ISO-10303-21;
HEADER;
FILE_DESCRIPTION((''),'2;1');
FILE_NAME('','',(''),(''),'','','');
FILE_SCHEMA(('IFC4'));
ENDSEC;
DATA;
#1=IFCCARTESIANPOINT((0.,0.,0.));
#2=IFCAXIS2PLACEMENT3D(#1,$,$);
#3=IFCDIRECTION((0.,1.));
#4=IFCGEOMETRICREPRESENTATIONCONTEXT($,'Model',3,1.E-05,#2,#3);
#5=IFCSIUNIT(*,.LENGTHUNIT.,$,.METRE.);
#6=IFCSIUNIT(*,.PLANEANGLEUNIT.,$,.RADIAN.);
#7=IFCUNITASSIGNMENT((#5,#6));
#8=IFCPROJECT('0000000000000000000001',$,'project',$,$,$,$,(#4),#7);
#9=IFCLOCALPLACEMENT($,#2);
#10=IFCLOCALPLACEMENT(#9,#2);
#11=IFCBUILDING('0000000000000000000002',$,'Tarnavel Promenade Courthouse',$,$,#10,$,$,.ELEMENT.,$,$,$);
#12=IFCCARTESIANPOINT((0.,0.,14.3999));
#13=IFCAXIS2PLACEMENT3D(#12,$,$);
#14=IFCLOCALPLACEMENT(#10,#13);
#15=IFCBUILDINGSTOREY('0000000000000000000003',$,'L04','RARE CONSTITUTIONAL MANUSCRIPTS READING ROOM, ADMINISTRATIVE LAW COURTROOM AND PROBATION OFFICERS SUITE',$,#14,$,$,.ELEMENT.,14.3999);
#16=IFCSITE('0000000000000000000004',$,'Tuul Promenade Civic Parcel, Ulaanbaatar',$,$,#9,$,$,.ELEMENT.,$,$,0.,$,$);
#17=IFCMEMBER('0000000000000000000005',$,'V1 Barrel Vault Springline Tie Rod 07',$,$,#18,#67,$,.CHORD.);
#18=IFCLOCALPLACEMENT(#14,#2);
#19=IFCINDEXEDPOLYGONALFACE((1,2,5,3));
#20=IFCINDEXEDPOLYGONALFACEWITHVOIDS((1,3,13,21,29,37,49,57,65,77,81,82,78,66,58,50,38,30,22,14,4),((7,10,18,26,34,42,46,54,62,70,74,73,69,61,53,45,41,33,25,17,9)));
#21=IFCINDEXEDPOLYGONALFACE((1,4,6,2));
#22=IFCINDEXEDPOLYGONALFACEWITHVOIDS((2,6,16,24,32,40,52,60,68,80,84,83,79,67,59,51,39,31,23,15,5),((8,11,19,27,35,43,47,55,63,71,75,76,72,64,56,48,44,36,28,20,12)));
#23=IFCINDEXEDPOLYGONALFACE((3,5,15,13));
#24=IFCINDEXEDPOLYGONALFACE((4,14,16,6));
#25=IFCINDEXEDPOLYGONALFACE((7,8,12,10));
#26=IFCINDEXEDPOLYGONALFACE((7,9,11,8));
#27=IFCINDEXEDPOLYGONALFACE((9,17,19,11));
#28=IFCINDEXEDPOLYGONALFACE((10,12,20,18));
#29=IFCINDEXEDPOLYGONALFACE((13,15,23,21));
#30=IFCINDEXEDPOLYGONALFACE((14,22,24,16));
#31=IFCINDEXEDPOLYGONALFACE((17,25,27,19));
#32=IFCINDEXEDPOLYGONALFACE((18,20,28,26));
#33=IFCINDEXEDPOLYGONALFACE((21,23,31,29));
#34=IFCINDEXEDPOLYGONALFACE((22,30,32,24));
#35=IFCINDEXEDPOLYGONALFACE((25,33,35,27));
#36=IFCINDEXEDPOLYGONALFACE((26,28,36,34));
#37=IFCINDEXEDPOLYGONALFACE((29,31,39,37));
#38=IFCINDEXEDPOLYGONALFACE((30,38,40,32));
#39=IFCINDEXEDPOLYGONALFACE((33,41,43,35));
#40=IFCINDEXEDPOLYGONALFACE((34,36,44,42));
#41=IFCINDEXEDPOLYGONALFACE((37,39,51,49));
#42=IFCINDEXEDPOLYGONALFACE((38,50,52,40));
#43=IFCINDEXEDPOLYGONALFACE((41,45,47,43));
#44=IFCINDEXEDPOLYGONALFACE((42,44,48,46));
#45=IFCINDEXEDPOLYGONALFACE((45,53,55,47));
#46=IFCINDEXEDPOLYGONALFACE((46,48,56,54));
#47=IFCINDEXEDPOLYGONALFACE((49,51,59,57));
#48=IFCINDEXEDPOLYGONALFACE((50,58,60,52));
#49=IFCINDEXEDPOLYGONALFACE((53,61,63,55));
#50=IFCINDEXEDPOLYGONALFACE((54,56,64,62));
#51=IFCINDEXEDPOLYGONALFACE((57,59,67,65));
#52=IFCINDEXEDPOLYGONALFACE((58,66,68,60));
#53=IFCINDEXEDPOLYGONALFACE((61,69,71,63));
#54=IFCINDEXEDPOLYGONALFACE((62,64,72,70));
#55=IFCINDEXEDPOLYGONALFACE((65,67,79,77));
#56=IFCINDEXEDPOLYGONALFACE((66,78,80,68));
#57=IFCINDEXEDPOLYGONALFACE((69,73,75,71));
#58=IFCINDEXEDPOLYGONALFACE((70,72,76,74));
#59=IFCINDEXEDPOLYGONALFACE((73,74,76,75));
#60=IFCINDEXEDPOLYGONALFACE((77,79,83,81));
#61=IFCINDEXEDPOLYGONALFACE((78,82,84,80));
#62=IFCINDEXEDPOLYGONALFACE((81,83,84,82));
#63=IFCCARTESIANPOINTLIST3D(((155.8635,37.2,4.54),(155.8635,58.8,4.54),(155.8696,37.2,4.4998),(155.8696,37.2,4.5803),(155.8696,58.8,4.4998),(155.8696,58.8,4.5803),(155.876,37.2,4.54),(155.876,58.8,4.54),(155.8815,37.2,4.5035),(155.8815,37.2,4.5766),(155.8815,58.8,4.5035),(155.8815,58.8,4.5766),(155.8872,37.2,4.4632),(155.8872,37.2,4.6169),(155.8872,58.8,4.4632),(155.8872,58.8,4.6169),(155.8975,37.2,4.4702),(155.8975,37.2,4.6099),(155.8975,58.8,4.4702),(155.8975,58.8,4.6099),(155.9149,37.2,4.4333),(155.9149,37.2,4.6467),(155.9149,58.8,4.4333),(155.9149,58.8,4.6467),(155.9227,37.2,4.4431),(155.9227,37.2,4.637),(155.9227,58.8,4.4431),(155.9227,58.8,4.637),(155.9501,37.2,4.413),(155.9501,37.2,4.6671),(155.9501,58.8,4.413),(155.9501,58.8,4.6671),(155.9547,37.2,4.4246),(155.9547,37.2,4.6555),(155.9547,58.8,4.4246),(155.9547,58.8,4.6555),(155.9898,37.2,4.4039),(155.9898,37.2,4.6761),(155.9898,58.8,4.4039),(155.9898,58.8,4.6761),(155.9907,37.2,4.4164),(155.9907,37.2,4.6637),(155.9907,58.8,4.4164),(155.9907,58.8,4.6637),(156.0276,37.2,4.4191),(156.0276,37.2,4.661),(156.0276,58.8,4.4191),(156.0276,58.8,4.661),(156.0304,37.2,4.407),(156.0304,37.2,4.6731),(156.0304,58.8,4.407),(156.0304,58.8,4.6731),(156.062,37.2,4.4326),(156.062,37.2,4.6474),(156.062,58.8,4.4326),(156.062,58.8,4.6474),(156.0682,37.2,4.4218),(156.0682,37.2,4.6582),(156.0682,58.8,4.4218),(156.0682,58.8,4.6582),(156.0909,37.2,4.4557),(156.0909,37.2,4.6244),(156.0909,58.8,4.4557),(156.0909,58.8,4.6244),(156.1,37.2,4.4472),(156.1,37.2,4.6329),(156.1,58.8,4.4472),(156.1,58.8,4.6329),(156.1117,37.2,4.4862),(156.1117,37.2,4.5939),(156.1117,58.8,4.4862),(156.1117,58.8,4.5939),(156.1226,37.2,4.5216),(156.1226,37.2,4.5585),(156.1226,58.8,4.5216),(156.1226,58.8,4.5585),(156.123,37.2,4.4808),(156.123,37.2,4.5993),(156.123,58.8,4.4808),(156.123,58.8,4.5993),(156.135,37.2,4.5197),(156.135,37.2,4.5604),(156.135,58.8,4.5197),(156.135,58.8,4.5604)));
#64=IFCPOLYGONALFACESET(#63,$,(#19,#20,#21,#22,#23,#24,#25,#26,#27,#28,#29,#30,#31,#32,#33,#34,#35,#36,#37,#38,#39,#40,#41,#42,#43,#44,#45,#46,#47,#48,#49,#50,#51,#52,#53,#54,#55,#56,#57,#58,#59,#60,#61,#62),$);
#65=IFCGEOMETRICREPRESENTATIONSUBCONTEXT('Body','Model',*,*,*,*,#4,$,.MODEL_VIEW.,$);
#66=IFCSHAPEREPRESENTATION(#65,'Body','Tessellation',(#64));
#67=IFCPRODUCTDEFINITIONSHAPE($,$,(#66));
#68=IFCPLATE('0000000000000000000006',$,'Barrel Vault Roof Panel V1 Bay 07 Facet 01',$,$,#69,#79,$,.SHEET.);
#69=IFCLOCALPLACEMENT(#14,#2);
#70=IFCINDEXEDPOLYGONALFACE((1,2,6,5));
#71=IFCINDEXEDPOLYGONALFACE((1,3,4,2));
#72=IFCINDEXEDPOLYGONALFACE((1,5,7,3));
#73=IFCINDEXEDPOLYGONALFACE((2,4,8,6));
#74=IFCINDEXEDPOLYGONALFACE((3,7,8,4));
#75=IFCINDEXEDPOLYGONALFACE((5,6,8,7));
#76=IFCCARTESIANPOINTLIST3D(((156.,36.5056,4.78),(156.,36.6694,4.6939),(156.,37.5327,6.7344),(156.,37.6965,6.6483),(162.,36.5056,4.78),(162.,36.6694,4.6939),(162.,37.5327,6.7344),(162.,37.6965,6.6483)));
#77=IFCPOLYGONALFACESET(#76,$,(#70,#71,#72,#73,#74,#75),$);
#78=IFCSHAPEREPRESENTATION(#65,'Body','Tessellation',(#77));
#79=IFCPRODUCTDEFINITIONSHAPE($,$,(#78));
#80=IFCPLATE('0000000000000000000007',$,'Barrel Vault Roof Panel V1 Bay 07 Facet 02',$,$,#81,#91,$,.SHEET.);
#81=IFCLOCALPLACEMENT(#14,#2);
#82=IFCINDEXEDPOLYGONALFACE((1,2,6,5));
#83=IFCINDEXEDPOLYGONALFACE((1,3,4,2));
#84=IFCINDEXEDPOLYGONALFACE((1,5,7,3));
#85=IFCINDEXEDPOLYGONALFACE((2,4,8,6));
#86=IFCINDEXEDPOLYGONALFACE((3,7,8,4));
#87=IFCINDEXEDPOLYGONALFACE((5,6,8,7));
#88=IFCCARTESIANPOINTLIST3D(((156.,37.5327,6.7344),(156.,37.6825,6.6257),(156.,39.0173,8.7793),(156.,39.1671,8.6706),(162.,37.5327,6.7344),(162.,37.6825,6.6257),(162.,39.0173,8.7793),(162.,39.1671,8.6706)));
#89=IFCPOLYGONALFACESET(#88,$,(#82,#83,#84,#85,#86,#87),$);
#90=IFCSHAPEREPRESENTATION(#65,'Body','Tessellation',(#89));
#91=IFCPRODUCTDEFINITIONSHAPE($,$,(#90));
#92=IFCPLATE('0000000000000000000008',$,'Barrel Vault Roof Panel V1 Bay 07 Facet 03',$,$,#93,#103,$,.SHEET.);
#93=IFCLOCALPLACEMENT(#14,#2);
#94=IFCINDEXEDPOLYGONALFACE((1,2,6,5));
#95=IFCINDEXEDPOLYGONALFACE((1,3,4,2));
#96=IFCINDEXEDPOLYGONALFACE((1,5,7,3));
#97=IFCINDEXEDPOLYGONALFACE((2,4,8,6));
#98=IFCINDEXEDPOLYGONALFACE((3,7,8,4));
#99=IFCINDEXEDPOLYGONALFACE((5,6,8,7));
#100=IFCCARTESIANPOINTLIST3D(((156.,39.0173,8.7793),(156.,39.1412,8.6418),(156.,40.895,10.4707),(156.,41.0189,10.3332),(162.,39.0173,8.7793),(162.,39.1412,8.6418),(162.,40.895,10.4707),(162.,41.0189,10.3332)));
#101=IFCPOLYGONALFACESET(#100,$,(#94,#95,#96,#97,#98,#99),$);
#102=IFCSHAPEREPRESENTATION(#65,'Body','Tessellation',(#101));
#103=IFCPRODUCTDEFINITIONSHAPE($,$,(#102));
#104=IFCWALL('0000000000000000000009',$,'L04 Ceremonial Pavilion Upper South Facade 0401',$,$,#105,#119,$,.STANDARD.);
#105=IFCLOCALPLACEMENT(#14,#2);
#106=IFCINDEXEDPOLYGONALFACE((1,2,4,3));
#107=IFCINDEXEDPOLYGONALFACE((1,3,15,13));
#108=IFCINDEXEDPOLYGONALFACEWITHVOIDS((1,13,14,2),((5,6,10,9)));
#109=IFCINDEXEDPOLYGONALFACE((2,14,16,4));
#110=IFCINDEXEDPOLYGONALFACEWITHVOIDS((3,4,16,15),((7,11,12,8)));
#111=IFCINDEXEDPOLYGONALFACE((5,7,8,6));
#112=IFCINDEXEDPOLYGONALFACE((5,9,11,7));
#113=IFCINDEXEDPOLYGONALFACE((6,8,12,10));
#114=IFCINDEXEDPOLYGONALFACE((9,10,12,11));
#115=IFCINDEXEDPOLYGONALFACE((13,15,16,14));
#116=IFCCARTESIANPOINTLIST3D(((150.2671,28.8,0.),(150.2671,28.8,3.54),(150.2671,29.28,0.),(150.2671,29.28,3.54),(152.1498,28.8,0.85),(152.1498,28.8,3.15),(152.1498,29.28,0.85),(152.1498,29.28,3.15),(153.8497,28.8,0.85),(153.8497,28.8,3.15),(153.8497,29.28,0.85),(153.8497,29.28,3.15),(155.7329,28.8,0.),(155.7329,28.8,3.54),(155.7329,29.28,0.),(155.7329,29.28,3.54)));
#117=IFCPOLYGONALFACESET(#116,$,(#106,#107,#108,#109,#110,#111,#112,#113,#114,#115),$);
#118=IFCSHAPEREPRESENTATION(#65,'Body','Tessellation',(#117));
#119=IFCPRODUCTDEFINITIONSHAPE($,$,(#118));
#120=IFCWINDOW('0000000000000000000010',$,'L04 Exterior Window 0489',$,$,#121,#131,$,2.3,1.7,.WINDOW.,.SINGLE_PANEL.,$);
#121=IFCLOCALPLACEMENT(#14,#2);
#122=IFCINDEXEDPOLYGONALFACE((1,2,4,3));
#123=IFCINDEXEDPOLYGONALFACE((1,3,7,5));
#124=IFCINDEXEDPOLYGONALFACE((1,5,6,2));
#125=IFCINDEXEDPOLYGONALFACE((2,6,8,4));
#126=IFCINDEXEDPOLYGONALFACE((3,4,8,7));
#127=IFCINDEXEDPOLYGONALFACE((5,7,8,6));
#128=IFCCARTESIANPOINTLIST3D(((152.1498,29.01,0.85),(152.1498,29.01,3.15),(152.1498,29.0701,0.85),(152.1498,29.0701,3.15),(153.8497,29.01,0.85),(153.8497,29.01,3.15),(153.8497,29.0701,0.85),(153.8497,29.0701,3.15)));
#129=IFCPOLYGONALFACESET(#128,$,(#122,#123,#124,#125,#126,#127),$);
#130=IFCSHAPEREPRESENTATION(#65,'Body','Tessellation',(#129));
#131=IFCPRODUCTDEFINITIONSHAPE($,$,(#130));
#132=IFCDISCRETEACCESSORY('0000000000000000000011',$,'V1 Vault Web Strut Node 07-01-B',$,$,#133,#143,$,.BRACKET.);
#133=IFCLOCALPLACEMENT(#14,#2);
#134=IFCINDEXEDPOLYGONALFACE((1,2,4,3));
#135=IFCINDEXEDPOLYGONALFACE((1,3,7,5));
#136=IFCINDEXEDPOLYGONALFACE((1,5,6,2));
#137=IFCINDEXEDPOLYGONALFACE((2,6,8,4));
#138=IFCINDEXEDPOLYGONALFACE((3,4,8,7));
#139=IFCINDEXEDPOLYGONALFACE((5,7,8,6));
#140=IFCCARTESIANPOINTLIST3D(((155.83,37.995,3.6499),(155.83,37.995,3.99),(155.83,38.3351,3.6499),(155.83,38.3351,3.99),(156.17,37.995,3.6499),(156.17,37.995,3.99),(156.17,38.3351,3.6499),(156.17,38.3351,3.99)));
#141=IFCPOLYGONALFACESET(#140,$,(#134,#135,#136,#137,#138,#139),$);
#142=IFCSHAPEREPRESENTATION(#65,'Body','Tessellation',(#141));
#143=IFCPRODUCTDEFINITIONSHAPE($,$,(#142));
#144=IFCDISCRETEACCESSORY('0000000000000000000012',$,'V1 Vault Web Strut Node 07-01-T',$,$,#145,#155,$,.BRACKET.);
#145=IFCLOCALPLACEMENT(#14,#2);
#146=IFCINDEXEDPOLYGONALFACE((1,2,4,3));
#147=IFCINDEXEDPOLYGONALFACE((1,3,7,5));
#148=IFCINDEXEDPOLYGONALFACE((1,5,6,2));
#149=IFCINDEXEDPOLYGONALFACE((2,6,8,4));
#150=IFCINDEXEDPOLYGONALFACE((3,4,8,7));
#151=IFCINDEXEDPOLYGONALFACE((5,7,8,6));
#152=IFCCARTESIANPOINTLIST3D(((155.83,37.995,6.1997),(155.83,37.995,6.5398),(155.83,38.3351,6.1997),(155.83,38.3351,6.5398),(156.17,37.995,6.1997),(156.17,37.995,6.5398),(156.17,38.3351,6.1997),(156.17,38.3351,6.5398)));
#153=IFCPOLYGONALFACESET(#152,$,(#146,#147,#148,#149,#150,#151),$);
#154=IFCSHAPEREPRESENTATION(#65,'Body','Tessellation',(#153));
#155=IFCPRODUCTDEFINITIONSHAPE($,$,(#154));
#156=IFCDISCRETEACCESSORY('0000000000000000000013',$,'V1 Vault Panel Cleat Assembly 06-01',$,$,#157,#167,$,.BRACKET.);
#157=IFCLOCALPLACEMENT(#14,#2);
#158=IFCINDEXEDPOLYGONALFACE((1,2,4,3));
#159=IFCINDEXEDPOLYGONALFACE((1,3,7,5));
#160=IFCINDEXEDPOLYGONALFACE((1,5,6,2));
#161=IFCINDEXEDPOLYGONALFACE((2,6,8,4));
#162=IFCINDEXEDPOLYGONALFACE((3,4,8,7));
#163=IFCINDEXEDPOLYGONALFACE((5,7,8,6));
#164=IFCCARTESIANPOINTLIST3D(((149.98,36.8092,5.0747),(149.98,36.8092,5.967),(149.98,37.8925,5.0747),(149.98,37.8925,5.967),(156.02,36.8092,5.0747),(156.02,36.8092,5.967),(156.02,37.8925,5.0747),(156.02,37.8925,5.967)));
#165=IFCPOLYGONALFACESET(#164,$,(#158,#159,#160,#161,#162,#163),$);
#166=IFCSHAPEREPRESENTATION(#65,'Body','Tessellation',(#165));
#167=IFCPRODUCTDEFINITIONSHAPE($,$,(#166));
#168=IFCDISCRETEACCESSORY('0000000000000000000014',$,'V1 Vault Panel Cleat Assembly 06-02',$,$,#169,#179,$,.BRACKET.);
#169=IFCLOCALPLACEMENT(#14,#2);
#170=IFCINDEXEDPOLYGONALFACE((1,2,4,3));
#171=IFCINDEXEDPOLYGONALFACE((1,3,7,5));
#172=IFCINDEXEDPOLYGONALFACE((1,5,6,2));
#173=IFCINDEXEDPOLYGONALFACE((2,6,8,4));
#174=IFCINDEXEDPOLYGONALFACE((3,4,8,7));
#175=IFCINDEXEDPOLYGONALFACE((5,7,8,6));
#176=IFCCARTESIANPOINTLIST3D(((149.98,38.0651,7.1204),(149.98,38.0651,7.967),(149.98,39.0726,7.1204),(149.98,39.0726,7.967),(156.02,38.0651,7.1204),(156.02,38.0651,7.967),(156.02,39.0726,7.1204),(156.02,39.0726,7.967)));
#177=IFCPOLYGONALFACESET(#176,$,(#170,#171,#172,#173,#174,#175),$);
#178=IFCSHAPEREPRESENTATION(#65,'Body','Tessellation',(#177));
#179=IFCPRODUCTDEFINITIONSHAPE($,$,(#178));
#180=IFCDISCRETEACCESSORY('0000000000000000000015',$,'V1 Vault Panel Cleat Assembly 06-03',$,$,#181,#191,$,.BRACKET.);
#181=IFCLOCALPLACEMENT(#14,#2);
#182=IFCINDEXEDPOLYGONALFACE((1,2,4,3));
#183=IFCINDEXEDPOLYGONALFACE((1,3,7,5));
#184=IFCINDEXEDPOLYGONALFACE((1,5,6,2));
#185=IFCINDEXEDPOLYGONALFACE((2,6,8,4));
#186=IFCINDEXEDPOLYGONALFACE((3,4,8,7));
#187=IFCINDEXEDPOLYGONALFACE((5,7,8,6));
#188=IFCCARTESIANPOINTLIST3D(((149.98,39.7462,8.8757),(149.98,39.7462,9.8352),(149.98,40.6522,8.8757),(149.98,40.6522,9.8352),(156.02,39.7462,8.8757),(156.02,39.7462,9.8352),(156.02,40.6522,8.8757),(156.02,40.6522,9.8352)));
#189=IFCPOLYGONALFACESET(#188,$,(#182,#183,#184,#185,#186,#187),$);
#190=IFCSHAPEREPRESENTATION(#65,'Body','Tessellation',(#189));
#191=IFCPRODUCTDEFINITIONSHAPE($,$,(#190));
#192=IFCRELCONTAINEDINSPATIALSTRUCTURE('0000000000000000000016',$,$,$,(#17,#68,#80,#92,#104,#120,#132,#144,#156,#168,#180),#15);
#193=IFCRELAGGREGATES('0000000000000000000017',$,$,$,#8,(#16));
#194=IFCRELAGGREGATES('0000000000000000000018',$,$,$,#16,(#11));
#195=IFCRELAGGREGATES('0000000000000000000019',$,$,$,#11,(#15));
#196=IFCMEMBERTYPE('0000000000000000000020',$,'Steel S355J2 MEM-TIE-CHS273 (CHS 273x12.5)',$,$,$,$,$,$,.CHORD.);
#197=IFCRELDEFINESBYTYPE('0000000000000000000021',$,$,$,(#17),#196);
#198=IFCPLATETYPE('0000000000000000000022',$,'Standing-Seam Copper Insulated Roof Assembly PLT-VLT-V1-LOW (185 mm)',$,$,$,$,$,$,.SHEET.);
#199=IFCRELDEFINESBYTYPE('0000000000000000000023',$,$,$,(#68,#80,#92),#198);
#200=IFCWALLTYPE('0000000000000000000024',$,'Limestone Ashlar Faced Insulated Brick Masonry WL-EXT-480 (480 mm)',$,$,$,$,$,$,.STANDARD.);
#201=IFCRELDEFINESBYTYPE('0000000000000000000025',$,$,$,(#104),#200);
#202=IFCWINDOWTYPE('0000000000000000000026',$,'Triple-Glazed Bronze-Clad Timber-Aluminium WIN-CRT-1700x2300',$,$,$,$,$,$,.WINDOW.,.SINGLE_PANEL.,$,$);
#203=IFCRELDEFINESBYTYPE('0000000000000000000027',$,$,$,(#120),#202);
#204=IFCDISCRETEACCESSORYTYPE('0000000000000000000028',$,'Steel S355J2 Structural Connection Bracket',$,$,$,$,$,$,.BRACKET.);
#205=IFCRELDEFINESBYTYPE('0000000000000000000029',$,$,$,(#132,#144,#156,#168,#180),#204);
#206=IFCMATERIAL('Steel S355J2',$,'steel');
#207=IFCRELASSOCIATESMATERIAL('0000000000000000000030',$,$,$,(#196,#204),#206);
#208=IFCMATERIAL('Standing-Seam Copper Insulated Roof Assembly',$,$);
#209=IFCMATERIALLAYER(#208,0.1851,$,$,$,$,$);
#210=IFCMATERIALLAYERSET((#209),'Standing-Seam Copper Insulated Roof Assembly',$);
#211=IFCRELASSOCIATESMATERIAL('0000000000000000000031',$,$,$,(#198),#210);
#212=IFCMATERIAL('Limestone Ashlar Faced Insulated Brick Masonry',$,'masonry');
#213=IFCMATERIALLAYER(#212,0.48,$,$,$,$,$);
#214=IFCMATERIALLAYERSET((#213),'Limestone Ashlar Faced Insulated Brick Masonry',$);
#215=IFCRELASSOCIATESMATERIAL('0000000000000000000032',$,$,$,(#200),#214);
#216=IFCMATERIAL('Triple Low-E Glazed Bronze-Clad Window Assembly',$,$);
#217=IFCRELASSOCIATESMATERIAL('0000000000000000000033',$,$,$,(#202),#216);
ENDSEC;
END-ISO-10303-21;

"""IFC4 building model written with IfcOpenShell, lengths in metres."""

from ifc_helpers import new_model, si_unit, direction, frame, frame_2d, origin, origin_2d, place, context, subcontext, project, spatial, polyline, rectangle, hollow_circle, outline, extrude, material, layer, layer_set, material_profile, profile_set, type_object, element, fill, save


model = new_model("IFC4")

# Units and contexts
model_context = context("Model", 3, precision=1e-05, world=origin(), true_north=direction((0.0, 1.0)))
body_context = subcontext(model_context, "Body", "Model", "MODEL_VIEW")
ifc_project = project(units=[si_unit("LENGTHUNIT", "METRE"), si_unit("PLANEANGLEUNIT", "RADIAN")], contexts=[model_context])

# Site, building, storey
site_placement = place(None, origin())
site = spatial("IfcSite", under=ifc_project, at=site_placement, Name="Tuul Promenade Civic Parcel, Ulaanbaatar", CompositionType="ELEMENT", RefElevation=0.0)
building_placement = place(site_placement, origin())
building = spatial("IfcBuilding", under=site, at=building_placement, Name="Tarnavel Promenade Courthouse", CompositionType="ELEMENT")
storey_placement = place(building_placement, frame((0.0, 0.0, 14.3999)))
storey = spatial("IfcBuildingStorey", under=building, at=storey_placement, Name="L04", Description="RARE CONSTITUTIONAL MANUSCRIPTS READING ROOM, ADMINISTRATIVE LAW COURTROOM AND PROBATION OFFICERS SUITE", CompositionType="ELEMENT", Elevation=14.3999)

# Shared definitions
ifc_material_1 = material(Name="Steel S355J2", Category="steel")

# Member
ifc_material_profile_1 = material_profile(ifc_material_1, hollow_circle(Radius=0.1365, WallThickness=0.0125, at=origin_2d()), Name="CHS 273x12.5")
ifc_profile_set_1 = profile_set([ifc_material_profile_1], Name="Steel S355J2")
member_type_1 = type_object("IfcMemberType", Name="Steel S355J2 MEM-TIE-CHS273 (CHS 273x12.5)", PredefinedType="CHORD", material=ifc_profile_set_1)
member_1_placement = place(storey_placement, frame((156.0, 37.2, 4.54), z_axis=(0.0, 1.0, 0.0), x_axis=(-1.0, 0.0, 0.0)))
element("IfcMember", 1, at=member_1_placement, inside=storey, type_object=member_type_1, Name="V1 Barrel Vault Springline Tie Rod 07", PredefinedType="CHORD", context=body_context, shape_type="SweptSolid", body=[
    extrude(hollow_circle(Radius=0.1365, WallThickness=0.0125, at=origin_2d()), origin(), (0.0, 0.0, 1.0), 21.6001),
])

# Plates
ifc_material_2 = material(Name="Standing-Seam Copper Insulated Roof Assembly")
ifc_layer_1 = layer(ifc_material_2, 0.1851)
ifc_layer_set_1 = layer_set([ifc_layer_1], Name="Standing-Seam Copper Insulated Roof Assembly")
plate_type = type_object("IfcPlateType", Name="Standing-Seam Copper Insulated Roof Assembly PLT-VLT-V1-LOW (185 mm)", PredefinedType="SHEET", material=ifc_layer_set_1)
plate_1_placement = place(storey_placement, frame((156.0, 36.5056, 4.78), z_axis=(0.0, -0.885199, 0.465213), x_axis=(1.0, 0.0, 0.0)))
element("IfcPlate", 2, at=plate_1_placement, inside=storey, type_object=plate_type, Name="Barrel Vault Roof Panel V1 Bay 07 Facet 01", PredefinedType="SHEET", context=body_context, shape_type="SweptSolid", body=[
    extrude(outline(polyline([(0.0, 0.0), (6.0, 0.0), (6.0, 2.2078), (0.0, 2.2078), (0.0, 0.0)])), origin(), (0.0, 0.0, -1.0), 0.1851),
])
plate_2_placement = place(storey_placement, frame((156.0, 37.5327, 6.7344), z_axis=(0.0, -0.809225, 0.587499), x_axis=(1.0, 0.0, 0.0)))
element("IfcPlate", 3, at=plate_2_placement, inside=storey, type_object=plate_type, Name="Barrel Vault Roof Panel V1 Bay 07 Facet 02", PredefinedType="SHEET", context=body_context, shape_type="SweptSolid", body=[
    extrude(outline(polyline([(0.0, 0.0), (6.0, 0.0), (6.0, 2.527), (0.0, 2.527), (0.0, 0.0)])), origin(), (0.0, 0.0, -1.0), 0.1851),
])
plate_3_placement = place(storey_placement, frame((156.0, 39.0173, 8.7793), z_axis=(0.0, -0.66929, 0.743001), x_axis=(1.0, 0.0, 0.0)))
element("IfcPlate", 4, at=plate_3_placement, inside=storey, type_object=plate_type, Name="Barrel Vault Roof Panel V1 Bay 07 Facet 03", PredefinedType="SHEET", context=body_context, shape_type="SweptSolid", body=[
    extrude(outline(polyline([(0.0, 0.0), (6.0, 0.0), (6.0, 2.5272), (0.0, 2.5272), (0.0, 0.0)])), origin(), (0.0, 0.0, -1.0), 0.1851),
])

# Wall, opening, window
ifc_material_3 = material(Name="Limestone Ashlar Faced Insulated Brick Masonry", Category="masonry")
ifc_layer_2 = layer(ifc_material_3, 0.48)
ifc_layer_set_2 = layer_set([ifc_layer_2], Name="Limestone Ashlar Faced Insulated Brick Masonry")
wall_type = type_object("IfcWallType", Name="Limestone Ashlar Faced Insulated Brick Masonry WL-EXT-480 (480 mm)", PredefinedType="STANDARD", material=ifc_layer_set_2)
wall_placement = place(storey_placement, frame((155.7329, 29.04, 0.0), z_axis=(0.0, 0.0, 1.0), x_axis=(-1.0, 0.0, 0.0)))
wall = element("IfcWall", 5, at=wall_placement, inside=storey, type_object=wall_type, Name="L04 Ceremonial Pavilion Upper South Facade 0401", PredefinedType="STANDARD", context=body_context, shape_type="SweptSolid", body=[
    extrude(rectangle(XDim=5.4658, YDim=0.48, at=frame_2d((2.7329, 0.0))), origin(), (0.0, 0.0, 1.0), 3.54),
])
opening_placement = place(wall_placement, frame((1.8831, 0.0, 0.8501)))
opening = element("IfcOpeningElement", 6, at=opening_placement, cuts=wall, PredefinedType="OPENING", context=body_context, shape_type="SweptSolid", body=[
    extrude(rectangle(XDim=1.7, YDim=2.3, at=frame_2d((0.8501, 1.1499))), frame((0.0, 0.25, 0.0), z_axis=(0.0, -1.0, 0.0), x_axis=(1.0, 0.0, 0.0)), (0.0, 0.0, 1.0), 0.5),
])
ifc_material_4 = material(Name="Triple Low-E Glazed Bronze-Clad Window Assembly")
window_type = type_object("IfcWindowType", Name="Triple-Glazed Bronze-Clad Timber-Aluminium WIN-CRT-1700x2300", PartitioningType="SINGLE_PANEL", PredefinedType="WINDOW", material=ifc_material_4)
window_placement = place(opening_placement, origin())
window = element("IfcWindow", 7, at=window_placement, inside=storey, type_object=window_type, Name="L04 Exterior Window 0489", OverallHeight=2.3, OverallWidth=1.7, PartitioningType="SINGLE_PANEL", PredefinedType="WINDOW", context=body_context, shape_type="SweptSolid", body=[
    extrude(rectangle(XDim=1.7, YDim=2.3, at=frame_2d((0.8501, 1.1499))), frame((0.0, 0.03, 0.0), z_axis=(0.0, -1.0, 0.0), x_axis=(1.0, 0.0, 0.0)), (0.0, 0.0, 1.0), 0.0601),
])
fill(opening, window)

# Discrete accessories
discrete_accessory_type = type_object("IfcDiscreteAccessoryType", Name="Steel S355J2 Structural Connection Bracket", PredefinedType="BRACKET", material=ifc_material_1)
for number, where, z_axis, x_axis, name in (
    (8, (156.0, 38.165, 3.6499), (0.0, 0.0, 1.0), (1.0, 0.0, 0.0), "V1 Vault Web Strut Node 07-01-B"),
    (9, (156.0, 38.165, 6.1997), (0.0, 0.0, 1.0), (1.0, 0.0, 0.0), "V1 Vault Web Strut Node 07-01-T"),
):
    element("IfcDiscreteAccessory", number, at=place(storey_placement, frame(where, z_axis=z_axis, x_axis=x_axis)), inside=storey, type_object=discrete_accessory_type, Name=name, PredefinedType="BRACKET", context=body_context, shape_type="SweptSolid", body=[
        extrude(rectangle(XDim=0.3401, YDim=0.3401, at=origin_2d()), origin(), (0.0, 0.0, 1.0), 0.3401),
    ])
discrete_accessory_1_placement = place(storey_placement, frame((153.0, 37.3508, 5.0747), z_axis=(0.0, 0.0, 1.0), x_axis=(1.0, 0.0, 0.0)))
element("IfcDiscreteAccessory", 10, at=discrete_accessory_1_placement, inside=storey, type_object=discrete_accessory_type, Name="V1 Vault Panel Cleat Assembly 06-01", PredefinedType="BRACKET", context=body_context, shape_type="SweptSolid", body=[
    extrude(rectangle(XDim=6.04, YDim=1.0833, at=origin_2d()), origin(), (0.0, 0.0, 1.0), 0.8923),
])
discrete_accessory_2_placement = place(storey_placement, frame((153.0, 38.5688, 7.1204), z_axis=(0.0, 0.0, 1.0), x_axis=(1.0, 0.0, 0.0)))
element("IfcDiscreteAccessory", 11, at=discrete_accessory_2_placement, inside=storey, type_object=discrete_accessory_type, Name="V1 Vault Panel Cleat Assembly 06-02", PredefinedType="BRACKET", context=body_context, shape_type="SweptSolid", body=[
    extrude(rectangle(XDim=6.04, YDim=1.0076, at=origin_2d()), origin(), (0.0, 0.0, 1.0), 0.8467),
])
discrete_accessory_3_placement = place(storey_placement, frame((153.0, 40.1992, 8.8757), z_axis=(0.0, 0.0, 1.0), x_axis=(1.0, 0.0, 0.0)))
element("IfcDiscreteAccessory", 12, at=discrete_accessory_3_placement, inside=storey, type_object=discrete_accessory_type, Name="V1 Vault Panel Cleat Assembly 06-03", PredefinedType="BRACKET", context=body_context, shape_type="SweptSolid", body=[
    extrude(rectangle(XDim=6.04, YDim=0.906, at=origin_2d()), origin(), (0.0, 0.0, 1.0), 0.9595),
])

save(model, "model.ifc")
